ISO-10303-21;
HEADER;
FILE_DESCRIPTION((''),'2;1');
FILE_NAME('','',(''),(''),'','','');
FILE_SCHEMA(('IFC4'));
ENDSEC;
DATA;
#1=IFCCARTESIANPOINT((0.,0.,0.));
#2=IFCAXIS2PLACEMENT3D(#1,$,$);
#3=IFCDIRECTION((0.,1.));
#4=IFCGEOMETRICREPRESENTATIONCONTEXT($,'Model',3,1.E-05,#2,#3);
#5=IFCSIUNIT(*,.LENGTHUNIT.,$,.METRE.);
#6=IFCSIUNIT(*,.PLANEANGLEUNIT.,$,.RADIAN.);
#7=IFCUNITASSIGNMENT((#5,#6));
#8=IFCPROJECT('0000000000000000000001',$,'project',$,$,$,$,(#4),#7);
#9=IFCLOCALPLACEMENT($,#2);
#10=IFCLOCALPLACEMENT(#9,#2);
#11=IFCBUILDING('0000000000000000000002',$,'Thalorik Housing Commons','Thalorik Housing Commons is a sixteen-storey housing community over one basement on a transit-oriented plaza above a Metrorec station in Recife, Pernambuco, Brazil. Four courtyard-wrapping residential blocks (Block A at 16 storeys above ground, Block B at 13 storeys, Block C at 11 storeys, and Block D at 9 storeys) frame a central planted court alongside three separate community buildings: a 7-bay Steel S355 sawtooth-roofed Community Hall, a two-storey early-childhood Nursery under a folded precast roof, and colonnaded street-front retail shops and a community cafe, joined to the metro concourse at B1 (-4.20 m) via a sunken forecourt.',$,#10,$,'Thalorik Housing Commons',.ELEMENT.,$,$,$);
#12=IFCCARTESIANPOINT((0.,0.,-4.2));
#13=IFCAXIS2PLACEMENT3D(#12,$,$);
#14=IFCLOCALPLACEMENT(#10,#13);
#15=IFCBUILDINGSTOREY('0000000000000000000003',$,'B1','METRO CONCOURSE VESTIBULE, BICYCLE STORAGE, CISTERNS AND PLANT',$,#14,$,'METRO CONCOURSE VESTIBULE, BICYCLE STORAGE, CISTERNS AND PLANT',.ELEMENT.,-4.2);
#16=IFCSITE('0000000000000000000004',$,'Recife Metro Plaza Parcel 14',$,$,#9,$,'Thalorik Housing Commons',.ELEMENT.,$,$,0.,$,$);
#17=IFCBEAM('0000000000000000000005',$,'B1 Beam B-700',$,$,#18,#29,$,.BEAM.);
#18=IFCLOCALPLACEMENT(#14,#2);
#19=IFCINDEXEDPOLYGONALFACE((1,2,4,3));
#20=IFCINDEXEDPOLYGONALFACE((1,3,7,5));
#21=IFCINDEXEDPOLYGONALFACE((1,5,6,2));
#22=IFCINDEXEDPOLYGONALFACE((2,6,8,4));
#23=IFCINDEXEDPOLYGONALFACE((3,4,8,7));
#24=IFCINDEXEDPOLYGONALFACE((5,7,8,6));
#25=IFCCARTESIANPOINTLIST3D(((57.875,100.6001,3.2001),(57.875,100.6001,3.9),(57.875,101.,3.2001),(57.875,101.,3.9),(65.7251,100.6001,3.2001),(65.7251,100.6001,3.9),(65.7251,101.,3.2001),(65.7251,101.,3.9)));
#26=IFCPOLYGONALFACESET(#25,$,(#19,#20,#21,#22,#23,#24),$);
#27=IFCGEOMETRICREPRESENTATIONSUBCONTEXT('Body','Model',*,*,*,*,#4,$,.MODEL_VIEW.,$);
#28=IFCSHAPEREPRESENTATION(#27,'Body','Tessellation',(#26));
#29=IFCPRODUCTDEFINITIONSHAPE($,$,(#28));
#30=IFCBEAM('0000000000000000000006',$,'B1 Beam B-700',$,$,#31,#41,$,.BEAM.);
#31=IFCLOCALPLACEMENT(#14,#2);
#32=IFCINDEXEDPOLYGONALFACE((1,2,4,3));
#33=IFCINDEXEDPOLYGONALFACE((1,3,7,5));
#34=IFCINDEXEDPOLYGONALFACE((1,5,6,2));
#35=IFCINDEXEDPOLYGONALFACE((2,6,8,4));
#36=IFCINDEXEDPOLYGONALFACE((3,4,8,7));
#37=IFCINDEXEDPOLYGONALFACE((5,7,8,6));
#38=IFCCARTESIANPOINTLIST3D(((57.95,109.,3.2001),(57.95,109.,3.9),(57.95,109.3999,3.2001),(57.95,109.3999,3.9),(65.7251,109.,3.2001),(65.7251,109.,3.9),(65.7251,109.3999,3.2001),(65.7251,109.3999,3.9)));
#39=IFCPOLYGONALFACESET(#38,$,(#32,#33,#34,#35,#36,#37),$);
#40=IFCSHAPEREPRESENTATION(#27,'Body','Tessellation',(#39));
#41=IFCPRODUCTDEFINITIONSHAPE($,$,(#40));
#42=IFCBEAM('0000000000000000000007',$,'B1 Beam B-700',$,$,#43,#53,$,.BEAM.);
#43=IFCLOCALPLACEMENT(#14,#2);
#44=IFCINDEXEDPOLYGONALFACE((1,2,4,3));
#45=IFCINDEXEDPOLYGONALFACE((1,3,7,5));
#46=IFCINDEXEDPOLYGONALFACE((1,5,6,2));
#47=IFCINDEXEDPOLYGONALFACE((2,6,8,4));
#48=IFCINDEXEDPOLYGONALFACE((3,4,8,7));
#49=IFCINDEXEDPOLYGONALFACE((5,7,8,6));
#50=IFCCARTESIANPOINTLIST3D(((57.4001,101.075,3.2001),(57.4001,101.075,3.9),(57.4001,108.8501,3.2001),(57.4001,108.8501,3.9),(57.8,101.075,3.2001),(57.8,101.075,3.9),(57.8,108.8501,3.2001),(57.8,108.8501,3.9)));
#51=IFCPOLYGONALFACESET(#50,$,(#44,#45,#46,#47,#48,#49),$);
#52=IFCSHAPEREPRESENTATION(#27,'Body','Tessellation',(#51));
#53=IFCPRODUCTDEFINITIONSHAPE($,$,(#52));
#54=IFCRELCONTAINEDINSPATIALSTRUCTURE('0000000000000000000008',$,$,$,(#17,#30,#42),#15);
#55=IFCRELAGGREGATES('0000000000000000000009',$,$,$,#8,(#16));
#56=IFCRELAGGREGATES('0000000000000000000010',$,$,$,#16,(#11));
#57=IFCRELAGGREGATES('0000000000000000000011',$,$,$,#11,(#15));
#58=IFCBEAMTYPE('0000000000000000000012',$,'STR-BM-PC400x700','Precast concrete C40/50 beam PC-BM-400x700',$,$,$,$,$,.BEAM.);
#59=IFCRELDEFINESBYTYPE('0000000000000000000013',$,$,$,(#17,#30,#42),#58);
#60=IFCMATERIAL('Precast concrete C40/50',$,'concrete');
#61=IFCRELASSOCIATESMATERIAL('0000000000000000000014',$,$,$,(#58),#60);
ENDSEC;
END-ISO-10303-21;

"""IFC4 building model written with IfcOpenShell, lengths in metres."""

from ifc_helpers import new_model, si_unit, direction, frame, origin, origin_2d, place, context, subcontext, project, spatial, rectangle, extrude, material, material_profile, profile_set, type_object, element, save


model = new_model("IFC4")

# Units and contexts
model_context = context("Model", 3, precision=1e-05, world=origin(), true_north=direction((0.0, 1.0)))
body_context = subcontext(model_context, "Body", "Model", "MODEL_VIEW")
ifc_project = project(units=[si_unit("LENGTHUNIT", "METRE"), si_unit("PLANEANGLEUNIT", "RADIAN")], contexts=[model_context])

# Site, building, storey
site_placement = place(None, origin())
site = spatial("IfcSite", under=ifc_project, at=site_placement, Name="Recife Metro Plaza Parcel 14", LongName="Thalorik Housing Commons", CompositionType="ELEMENT", RefElevation=0.0)
building_placement = place(site_placement, origin())
building = spatial("IfcBuilding", under=site, at=building_placement, Name="Thalorik Housing Commons", Description="Thalorik Housing Commons is a sixteen-storey housing community over one basement on a transit-oriented plaza above a Metrorec station in Recife, Pernambuco, Brazil. Four courtyard-wrapping residential blocks (Block A at 16 storeys above ground, Block B at 13 storeys, Block C at 11 storeys, and Block D at 9 storeys) frame a central planted court alongside three separate community buildings: a 7-bay Steel S355 sawtooth-roofed Community Hall, a two-storey early-childhood Nursery under a folded precast roof, and colonnaded street-front retail shops and a community cafe, joined to the metro concourse at B1 (-4.20 m) via a sunken forecourt.", LongName="Thalorik Housing Commons", CompositionType="ELEMENT")
storey_placement = place(building_placement, frame((0.0, 0.0, -4.2)))
storey = spatial("IfcBuildingStorey", under=building, at=storey_placement, Name="B1", Description="METRO CONCOURSE VESTIBULE, BICYCLE STORAGE, CISTERNS AND PLANT", LongName="METRO CONCOURSE VESTIBULE, BICYCLE STORAGE, CISTERNS AND PLANT", CompositionType="ELEMENT", Elevation=-4.2)

# Shared definitions
ifc_material_1 = material(Name="Precast concrete C40/50", Category="concrete")

# Beams
ifc_material_profile_1 = material_profile(ifc_material_1, rectangle(XDim=0.3999, YDim=0.7, at=origin_2d()), Name="PC 400x700", Category="concrete")
ifc_profile_set_1 = profile_set([ifc_material_profile_1], Name="Precast concrete C40/50")
beam_type_1 = type_object("IfcBeamType", Name="STR-BM-PC400x700", Description="Precast concrete C40/50 beam PC-BM-400x700", PredefinedType="BEAM", material=ifc_profile_set_1)
for number, where, z_axis, x_axis, name in (
    (1, (57.875, 100.8, 3.55), (1.0, 0.0, 0.0), (0.0, 1.0, 0.0), "B1 Beam B-700"),
):
    element("IfcBeam", number, at=place(storey_placement, frame(where, z_axis=z_axis, x_axis=x_axis)), inside=storey, type_object=beam_type_1, Name=name, PredefinedType="BEAM", context=body_context, shape_type="SweptSolid", body=[
        extrude(rectangle(XDim=0.3999, YDim=0.7, at=origin_2d()), origin(), (0.0, 0.0, 1.0), 7.8501),
    ])
for number, where, z_axis, x_axis, name in (
    (2, (57.95, 109.2, 3.55), (1.0, 0.0, 0.0), (0.0, 1.0, 0.0), "B1 Beam B-700"),
    (3, (57.6001, 101.075, 3.55), (0.0, 1.0, 0.0), (-1.0, 0.0, 0.0), "B1 Beam B-700"),
):
    element("IfcBeam", number, at=place(storey_placement, frame(where, z_axis=z_axis, x_axis=x_axis)), inside=storey, type_object=beam_type_1, Name=name, PredefinedType="BEAM", context=body_context, shape_type="SweptSolid", body=[
        extrude(rectangle(XDim=0.3999, YDim=0.7, at=origin_2d()), origin(), (0.0, 0.0, 1.0), 7.7751),
    ])

save(model, "model.ifc")
